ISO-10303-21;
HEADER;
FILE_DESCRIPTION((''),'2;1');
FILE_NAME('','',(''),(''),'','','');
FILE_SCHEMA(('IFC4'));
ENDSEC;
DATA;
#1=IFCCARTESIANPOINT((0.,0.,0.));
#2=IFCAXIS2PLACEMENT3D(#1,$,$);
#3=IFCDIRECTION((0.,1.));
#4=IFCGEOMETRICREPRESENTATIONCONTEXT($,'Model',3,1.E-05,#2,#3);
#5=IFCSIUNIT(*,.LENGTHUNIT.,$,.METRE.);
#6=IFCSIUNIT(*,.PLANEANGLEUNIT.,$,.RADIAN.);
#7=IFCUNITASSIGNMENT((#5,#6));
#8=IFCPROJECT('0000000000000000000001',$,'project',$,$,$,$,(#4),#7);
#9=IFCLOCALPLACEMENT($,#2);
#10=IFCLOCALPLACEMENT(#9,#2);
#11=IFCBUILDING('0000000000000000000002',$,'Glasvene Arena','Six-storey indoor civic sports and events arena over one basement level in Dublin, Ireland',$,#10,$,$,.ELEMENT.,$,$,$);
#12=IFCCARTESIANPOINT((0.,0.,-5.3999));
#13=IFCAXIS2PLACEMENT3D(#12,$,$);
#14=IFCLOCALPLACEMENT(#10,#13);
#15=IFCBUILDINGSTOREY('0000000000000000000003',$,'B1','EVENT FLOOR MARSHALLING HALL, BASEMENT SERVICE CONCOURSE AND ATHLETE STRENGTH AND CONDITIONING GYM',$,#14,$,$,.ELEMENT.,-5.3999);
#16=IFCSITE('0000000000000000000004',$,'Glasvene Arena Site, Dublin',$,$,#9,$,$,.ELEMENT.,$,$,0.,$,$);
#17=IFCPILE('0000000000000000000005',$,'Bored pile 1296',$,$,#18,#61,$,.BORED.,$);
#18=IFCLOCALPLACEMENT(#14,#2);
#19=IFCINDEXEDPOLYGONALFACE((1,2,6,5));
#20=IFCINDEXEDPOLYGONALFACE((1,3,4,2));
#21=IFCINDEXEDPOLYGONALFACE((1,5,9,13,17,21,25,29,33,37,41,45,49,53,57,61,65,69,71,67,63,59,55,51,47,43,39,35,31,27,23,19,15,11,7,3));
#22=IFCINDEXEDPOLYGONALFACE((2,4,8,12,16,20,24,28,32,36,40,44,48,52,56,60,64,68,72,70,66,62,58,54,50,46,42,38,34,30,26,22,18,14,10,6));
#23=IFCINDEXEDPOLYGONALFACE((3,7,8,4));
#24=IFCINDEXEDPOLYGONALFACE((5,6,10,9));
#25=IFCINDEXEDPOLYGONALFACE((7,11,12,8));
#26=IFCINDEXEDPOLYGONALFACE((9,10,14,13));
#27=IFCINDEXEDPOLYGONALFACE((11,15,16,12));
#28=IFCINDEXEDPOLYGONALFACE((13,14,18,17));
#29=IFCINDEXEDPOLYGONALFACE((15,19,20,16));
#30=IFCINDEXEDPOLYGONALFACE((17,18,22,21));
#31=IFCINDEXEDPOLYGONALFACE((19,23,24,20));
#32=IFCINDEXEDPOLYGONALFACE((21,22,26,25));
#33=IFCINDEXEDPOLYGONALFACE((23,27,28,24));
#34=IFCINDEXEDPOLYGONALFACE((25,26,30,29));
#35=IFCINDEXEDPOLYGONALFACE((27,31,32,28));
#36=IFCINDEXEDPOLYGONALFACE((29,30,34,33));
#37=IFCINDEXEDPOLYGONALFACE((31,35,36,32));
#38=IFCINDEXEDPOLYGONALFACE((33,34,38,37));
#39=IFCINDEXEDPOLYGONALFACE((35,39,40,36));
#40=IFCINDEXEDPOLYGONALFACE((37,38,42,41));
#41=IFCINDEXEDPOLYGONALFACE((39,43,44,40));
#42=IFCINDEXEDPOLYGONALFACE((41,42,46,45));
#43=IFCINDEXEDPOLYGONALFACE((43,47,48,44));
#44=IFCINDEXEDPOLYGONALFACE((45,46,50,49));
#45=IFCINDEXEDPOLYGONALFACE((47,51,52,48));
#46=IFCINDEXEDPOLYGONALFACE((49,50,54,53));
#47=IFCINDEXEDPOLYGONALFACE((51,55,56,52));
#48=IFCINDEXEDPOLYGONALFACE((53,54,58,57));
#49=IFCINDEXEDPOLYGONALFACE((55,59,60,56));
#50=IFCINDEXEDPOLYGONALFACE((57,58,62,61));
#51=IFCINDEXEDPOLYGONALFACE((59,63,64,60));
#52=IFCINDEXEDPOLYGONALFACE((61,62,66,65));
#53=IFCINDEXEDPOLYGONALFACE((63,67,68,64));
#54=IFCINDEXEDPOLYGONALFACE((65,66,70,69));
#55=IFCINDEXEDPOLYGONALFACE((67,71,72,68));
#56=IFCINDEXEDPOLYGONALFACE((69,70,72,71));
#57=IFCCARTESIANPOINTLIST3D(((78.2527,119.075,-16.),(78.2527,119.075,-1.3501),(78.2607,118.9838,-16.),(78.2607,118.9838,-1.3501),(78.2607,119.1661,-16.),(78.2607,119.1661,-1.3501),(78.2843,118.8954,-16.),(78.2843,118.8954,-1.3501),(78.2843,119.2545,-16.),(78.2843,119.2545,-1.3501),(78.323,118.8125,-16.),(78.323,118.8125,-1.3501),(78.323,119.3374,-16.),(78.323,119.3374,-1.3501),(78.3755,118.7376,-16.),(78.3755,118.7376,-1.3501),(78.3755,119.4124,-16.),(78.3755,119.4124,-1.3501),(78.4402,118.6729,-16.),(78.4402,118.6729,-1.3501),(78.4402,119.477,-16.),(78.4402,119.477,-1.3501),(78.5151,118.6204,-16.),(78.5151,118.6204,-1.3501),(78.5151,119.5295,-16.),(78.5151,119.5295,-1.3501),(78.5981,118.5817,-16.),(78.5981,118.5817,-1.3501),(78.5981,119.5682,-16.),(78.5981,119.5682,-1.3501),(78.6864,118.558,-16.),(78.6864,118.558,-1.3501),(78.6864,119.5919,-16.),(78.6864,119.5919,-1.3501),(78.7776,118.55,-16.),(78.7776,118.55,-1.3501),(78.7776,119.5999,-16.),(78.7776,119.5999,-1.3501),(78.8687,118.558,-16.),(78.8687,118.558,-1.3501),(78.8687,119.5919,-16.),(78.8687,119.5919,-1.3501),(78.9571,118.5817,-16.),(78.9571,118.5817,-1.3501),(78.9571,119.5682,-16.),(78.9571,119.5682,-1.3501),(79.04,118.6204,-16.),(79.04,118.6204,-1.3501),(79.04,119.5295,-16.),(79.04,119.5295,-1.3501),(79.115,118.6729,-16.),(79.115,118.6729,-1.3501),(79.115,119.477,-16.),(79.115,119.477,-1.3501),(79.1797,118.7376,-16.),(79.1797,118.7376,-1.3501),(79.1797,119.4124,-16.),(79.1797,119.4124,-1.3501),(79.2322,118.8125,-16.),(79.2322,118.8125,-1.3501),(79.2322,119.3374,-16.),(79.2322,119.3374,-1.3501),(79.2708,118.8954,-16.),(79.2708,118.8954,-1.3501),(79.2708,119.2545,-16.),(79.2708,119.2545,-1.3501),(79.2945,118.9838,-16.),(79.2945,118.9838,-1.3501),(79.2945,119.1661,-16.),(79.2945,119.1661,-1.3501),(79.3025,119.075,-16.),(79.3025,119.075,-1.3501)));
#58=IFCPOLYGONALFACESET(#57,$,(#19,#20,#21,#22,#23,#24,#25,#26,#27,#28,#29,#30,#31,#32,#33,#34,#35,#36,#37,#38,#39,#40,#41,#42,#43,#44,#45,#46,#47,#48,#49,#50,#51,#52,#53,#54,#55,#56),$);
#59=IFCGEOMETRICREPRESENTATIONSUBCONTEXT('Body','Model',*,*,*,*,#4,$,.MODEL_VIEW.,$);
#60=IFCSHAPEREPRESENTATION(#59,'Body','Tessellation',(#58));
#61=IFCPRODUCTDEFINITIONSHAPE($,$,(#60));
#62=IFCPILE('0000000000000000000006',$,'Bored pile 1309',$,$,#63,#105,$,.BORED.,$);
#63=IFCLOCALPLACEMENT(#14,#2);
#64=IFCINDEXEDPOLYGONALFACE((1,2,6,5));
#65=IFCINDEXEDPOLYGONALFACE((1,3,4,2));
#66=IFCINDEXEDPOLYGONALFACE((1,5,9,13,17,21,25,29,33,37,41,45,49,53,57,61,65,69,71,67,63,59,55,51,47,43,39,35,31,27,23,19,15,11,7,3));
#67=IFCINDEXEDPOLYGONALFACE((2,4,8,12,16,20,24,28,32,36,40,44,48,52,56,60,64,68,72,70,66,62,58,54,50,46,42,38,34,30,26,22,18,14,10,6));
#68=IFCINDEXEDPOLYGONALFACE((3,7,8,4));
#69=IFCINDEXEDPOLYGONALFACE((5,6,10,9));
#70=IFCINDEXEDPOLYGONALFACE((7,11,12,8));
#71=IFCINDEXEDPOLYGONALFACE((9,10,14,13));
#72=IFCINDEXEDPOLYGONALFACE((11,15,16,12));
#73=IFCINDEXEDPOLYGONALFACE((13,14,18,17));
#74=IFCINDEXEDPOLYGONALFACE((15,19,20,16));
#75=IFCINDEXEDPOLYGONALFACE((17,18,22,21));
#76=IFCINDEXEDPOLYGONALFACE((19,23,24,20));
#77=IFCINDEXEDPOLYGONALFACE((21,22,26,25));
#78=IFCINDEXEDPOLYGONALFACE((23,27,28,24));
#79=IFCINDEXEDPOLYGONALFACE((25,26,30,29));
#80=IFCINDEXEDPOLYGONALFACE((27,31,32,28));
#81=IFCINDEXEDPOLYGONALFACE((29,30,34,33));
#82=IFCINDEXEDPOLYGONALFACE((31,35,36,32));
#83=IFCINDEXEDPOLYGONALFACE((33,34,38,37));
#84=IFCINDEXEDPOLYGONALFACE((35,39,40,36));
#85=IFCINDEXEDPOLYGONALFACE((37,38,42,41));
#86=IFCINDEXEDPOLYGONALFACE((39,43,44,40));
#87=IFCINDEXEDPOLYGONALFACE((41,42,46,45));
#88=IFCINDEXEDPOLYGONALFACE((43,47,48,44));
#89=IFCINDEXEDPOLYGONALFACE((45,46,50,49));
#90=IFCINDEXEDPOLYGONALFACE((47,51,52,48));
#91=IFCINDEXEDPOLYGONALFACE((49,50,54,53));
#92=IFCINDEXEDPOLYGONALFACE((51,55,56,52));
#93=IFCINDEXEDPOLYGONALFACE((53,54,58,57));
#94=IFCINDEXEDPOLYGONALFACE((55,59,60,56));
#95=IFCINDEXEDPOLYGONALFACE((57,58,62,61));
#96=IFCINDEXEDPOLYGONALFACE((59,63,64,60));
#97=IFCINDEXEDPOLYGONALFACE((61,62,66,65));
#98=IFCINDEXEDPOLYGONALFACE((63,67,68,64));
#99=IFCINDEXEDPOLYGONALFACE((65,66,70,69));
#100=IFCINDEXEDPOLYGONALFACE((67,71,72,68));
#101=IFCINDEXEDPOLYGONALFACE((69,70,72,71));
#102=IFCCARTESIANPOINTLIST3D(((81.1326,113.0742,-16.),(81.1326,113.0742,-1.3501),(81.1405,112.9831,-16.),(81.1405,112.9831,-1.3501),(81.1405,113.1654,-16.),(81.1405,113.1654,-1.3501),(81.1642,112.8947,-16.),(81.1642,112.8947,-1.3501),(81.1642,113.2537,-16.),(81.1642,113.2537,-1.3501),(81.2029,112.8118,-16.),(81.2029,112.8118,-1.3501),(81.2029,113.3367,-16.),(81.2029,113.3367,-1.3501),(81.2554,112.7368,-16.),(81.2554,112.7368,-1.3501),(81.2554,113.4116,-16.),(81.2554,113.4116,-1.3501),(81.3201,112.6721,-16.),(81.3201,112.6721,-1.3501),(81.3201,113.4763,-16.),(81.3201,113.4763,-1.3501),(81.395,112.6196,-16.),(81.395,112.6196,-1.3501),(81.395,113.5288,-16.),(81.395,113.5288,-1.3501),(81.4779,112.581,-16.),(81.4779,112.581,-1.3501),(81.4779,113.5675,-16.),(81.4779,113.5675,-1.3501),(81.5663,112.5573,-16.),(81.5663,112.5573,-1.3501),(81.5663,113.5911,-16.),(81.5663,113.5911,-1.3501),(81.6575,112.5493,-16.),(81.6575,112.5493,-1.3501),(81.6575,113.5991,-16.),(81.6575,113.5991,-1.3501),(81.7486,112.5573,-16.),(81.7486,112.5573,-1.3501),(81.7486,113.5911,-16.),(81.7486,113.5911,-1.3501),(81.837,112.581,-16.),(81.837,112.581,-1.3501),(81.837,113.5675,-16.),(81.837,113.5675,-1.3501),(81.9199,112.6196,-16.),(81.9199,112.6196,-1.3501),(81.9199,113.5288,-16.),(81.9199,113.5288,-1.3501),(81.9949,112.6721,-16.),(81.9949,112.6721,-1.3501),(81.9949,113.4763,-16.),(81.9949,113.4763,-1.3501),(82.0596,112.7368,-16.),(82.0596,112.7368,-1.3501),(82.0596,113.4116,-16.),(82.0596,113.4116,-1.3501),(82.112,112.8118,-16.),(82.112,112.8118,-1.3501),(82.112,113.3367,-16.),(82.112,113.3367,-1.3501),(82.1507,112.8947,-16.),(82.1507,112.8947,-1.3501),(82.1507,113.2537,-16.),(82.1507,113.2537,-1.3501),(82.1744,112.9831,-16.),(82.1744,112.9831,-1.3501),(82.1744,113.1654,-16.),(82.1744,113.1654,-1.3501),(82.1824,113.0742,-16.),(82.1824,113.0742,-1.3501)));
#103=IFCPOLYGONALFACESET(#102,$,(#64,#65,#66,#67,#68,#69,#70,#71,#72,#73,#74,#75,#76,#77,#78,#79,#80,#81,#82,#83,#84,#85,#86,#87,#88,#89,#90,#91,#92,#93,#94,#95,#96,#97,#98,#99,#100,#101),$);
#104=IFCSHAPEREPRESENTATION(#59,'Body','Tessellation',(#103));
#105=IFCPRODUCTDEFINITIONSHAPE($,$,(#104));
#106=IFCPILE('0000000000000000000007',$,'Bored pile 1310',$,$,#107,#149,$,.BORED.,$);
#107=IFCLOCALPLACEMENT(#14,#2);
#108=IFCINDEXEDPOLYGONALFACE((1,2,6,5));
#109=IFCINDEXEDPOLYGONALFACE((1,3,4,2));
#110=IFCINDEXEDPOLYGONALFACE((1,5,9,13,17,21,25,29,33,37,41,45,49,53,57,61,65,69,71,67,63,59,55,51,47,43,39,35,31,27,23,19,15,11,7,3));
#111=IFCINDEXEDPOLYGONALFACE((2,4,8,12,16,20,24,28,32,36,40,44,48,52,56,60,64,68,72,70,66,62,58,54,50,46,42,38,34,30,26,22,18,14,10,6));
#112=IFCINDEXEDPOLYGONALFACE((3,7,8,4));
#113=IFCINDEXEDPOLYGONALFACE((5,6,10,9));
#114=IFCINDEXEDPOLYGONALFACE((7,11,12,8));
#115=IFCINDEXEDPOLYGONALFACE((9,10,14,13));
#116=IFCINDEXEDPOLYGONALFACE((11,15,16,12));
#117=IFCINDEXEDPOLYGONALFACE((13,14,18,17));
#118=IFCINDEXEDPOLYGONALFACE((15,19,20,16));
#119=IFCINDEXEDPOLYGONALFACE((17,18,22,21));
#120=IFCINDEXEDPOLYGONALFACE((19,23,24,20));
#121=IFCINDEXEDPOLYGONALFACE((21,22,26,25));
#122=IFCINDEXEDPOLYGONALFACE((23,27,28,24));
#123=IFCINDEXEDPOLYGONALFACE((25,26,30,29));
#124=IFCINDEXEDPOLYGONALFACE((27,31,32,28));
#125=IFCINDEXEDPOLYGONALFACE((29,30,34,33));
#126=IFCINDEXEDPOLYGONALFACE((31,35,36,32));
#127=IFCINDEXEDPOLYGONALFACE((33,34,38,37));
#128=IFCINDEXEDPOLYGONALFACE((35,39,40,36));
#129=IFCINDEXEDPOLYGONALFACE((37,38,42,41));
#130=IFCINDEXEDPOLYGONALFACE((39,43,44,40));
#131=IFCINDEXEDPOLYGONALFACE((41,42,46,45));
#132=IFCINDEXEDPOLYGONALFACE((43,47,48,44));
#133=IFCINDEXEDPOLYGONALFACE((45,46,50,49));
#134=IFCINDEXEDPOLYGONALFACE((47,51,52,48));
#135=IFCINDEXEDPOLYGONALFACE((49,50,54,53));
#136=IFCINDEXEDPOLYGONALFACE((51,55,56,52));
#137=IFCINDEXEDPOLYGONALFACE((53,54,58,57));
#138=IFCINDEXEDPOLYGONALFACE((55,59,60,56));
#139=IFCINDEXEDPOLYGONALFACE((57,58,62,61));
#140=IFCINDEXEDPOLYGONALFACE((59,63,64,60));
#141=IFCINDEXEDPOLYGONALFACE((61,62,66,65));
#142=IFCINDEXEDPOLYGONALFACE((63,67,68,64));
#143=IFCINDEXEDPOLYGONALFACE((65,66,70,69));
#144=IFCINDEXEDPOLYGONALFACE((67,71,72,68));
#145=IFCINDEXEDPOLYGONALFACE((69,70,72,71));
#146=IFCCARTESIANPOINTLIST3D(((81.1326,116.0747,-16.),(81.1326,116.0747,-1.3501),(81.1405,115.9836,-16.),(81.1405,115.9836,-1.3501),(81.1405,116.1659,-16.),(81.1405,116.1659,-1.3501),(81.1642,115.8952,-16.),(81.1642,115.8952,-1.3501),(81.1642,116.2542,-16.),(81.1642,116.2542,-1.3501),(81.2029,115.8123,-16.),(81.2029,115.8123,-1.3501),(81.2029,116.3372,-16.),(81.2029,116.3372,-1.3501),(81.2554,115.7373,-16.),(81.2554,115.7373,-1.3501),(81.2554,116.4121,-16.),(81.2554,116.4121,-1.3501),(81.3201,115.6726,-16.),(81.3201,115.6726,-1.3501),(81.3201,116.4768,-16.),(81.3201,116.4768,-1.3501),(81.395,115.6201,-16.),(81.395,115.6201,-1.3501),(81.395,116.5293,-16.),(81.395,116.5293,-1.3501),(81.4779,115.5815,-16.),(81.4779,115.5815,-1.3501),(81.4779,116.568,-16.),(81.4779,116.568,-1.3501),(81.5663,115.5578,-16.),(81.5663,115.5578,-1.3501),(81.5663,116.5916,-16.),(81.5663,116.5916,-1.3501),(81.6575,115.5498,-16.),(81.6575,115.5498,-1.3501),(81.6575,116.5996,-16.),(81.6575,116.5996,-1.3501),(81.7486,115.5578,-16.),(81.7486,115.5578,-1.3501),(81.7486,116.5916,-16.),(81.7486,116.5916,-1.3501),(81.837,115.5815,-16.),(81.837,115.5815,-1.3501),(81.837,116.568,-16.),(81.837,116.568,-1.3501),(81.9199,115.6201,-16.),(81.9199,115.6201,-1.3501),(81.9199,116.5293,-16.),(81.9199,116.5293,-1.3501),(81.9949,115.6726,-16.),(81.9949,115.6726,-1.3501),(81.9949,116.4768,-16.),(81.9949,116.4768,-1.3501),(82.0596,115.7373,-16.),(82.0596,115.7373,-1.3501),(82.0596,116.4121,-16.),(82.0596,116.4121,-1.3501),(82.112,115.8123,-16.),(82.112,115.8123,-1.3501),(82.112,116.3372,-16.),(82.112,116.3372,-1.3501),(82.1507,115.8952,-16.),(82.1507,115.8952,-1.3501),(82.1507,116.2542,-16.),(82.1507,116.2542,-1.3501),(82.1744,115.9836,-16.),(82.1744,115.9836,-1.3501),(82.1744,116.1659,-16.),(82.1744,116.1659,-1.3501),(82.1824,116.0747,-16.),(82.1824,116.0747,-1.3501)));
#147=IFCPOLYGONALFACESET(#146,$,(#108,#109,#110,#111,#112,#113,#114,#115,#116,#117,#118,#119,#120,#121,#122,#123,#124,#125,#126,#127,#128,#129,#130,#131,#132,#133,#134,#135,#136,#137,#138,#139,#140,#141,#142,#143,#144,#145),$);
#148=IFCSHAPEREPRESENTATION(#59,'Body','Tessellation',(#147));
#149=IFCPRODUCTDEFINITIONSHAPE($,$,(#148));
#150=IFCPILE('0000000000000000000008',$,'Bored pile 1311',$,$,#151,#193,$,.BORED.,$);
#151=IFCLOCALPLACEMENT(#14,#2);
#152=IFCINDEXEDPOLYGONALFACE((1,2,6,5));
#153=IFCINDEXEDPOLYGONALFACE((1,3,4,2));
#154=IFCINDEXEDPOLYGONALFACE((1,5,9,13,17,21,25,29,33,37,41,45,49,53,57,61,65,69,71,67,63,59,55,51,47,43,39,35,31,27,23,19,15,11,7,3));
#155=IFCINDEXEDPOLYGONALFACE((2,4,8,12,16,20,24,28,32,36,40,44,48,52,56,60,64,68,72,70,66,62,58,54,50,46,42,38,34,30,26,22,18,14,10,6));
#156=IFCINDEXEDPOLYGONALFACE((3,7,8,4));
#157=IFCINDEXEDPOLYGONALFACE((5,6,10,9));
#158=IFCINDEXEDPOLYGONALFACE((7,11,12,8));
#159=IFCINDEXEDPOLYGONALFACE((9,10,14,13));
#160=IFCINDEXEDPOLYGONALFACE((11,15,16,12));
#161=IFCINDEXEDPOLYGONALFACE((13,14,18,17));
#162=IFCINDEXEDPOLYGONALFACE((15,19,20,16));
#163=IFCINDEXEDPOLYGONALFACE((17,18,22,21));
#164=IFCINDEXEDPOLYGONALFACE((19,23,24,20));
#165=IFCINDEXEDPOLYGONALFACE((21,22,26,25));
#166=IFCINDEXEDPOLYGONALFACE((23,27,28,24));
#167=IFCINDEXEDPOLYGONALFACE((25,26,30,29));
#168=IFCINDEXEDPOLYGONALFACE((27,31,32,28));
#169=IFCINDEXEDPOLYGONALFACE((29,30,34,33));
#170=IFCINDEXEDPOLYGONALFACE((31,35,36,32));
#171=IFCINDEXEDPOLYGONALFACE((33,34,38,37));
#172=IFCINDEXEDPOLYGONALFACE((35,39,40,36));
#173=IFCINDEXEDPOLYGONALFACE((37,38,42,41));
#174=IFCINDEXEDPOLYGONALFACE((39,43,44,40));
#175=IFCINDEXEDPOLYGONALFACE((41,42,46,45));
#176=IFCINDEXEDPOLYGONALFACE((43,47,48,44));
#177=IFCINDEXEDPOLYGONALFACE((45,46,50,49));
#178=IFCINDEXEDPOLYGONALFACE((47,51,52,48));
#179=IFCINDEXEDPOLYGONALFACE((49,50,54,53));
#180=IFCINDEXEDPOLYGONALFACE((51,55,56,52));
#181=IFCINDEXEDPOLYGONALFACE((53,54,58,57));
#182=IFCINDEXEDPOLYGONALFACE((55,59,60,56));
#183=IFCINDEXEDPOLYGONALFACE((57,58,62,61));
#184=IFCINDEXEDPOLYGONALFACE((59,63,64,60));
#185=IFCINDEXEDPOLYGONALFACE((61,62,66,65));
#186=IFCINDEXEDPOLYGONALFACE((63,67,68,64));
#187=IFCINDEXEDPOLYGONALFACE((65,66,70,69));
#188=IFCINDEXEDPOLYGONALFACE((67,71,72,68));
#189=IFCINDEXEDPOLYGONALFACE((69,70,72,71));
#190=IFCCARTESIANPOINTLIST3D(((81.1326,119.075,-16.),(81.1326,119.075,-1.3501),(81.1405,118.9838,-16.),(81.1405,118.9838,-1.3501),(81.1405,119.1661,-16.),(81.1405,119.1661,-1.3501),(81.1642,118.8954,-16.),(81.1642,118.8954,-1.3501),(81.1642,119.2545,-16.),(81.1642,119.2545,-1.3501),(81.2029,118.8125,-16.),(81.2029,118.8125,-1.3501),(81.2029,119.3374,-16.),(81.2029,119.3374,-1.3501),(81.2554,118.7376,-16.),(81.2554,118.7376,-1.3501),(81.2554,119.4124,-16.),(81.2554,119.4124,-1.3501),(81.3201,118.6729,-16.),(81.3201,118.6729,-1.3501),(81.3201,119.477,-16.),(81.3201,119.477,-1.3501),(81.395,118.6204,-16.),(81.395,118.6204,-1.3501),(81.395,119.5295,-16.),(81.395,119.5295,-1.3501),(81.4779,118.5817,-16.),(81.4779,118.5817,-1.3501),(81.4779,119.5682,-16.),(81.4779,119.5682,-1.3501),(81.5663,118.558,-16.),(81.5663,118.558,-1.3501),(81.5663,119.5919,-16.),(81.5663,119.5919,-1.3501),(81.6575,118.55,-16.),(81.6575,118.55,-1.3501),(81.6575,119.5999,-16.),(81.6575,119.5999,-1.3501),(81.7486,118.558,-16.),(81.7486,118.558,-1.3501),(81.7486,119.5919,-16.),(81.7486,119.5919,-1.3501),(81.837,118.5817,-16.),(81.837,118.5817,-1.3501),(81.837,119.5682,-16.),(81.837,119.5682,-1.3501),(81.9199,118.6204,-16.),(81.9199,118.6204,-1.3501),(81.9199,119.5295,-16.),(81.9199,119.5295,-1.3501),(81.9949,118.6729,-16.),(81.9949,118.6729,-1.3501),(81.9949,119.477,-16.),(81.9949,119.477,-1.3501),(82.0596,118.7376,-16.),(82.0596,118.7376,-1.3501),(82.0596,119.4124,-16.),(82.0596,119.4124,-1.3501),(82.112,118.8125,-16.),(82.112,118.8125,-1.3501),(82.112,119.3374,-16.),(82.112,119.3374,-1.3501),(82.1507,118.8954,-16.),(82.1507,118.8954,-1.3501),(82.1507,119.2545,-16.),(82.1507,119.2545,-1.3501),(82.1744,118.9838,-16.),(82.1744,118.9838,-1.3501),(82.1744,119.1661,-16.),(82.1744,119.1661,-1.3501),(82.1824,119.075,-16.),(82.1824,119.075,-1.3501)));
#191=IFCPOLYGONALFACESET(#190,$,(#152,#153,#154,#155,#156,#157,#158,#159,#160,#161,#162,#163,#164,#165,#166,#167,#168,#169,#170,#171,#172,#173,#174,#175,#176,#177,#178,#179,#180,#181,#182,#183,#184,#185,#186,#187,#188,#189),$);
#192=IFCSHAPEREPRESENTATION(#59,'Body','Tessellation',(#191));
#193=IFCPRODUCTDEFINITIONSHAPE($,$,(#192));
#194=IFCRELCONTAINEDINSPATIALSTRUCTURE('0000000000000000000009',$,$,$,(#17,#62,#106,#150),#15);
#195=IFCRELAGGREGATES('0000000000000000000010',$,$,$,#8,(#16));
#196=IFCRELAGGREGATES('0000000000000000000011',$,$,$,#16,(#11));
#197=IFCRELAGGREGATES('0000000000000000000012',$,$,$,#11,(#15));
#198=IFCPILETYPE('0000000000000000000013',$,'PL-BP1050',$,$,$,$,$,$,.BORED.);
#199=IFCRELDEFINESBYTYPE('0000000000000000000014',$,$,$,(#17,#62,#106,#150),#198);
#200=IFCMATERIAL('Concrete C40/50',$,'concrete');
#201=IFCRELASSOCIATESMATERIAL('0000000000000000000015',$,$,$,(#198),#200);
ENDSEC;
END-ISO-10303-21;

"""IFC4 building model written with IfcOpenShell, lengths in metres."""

from ifc_helpers import new_model, si_unit, direction, frame, origin, origin_2d, place, context, subcontext, project, spatial, circle, extrude, material, material_profile, profile_set, type_object, element, save


model = new_model("IFC4")

# Units and contexts
model_context = context("Model", 3, precision=1e-05, world=origin(), true_north=direction((0.0, 1.0)))
body_context = subcontext(model_context, "Body", "Model", "MODEL_VIEW")
ifc_project = project(units=[si_unit("LENGTHUNIT", "METRE"), si_unit("PLANEANGLEUNIT", "RADIAN")], contexts=[model_context])

# Site, building, storey
site_placement = place(None, origin())
site = spatial("IfcSite", under=ifc_project, at=site_placement, Name="Glasvene Arena Site, Dublin", CompositionType="ELEMENT", RefElevation=0.0)
building_placement = place(site_placement, origin())
building = spatial("IfcBuilding", under=site, at=building_placement, Name="Glasvene Arena", Description="Six-storey indoor civic sports and events arena over one basement level in Dublin, Ireland", CompositionType="ELEMENT")
storey_placement = place(building_placement, frame((0.0, 0.0, -5.3999)))
storey = spatial("IfcBuildingStorey", under=building, at=storey_placement, Name="B1", Description="EVENT FLOOR MARSHALLING HALL, BASEMENT SERVICE CONCOURSE AND ATHLETE STRENGTH AND CONDITIONING GYM", CompositionType="ELEMENT", Elevation=-5.3999)

# Shared definitions
ifc_material_1 = material(Name="Concrete C40/50", Category="concrete")

# Piles
ifc_material_profile_1 = material_profile(ifc_material_1, circle(Radius=0.5249, at=origin_2d()), Name="BORED PILE 1050")
ifc_profile_set_1 = profile_set([ifc_material_profile_1], Name="Concrete C40/50")
pile_type_1 = type_object("IfcPileType", Name="PL-BP1050", PredefinedType="BORED", material=ifc_profile_set_1)
for number, where, z_axis, x_axis, name in (
    (1, (78.7776, 119.075, -1.3501), (0.0, 0.0, -1.0), (1.0, 0.0, 0.0), "Bored pile 1296"),
    (2, (81.6575, 113.0742, -1.3501), (0.0, 0.0, -1.0), (1.0, 0.0, 0.0), "Bored pile 1309"),
    (3, (81.6575, 116.0747, -1.3501), (0.0, 0.0, -1.0), (1.0, 0.0, 0.0), "Bored pile 1310"),
    (4, (81.6575, 119.075, -1.3501), (0.0, 0.0, -1.0), (1.0, 0.0, 0.0), "Bored pile 1311"),
):
    element("IfcPile", number, at=place(storey_placement, frame(where, z_axis=z_axis, x_axis=x_axis)), inside=storey, type_object=pile_type_1, Name=name, PredefinedType="BORED", context=body_context, shape_type="SweptSolid", body=[
        extrude(circle(Radius=0.5249, at=origin_2d()), origin(), (0.0, 0.0, 1.0), 14.6499),
    ])

save(model, "model.ifc")
